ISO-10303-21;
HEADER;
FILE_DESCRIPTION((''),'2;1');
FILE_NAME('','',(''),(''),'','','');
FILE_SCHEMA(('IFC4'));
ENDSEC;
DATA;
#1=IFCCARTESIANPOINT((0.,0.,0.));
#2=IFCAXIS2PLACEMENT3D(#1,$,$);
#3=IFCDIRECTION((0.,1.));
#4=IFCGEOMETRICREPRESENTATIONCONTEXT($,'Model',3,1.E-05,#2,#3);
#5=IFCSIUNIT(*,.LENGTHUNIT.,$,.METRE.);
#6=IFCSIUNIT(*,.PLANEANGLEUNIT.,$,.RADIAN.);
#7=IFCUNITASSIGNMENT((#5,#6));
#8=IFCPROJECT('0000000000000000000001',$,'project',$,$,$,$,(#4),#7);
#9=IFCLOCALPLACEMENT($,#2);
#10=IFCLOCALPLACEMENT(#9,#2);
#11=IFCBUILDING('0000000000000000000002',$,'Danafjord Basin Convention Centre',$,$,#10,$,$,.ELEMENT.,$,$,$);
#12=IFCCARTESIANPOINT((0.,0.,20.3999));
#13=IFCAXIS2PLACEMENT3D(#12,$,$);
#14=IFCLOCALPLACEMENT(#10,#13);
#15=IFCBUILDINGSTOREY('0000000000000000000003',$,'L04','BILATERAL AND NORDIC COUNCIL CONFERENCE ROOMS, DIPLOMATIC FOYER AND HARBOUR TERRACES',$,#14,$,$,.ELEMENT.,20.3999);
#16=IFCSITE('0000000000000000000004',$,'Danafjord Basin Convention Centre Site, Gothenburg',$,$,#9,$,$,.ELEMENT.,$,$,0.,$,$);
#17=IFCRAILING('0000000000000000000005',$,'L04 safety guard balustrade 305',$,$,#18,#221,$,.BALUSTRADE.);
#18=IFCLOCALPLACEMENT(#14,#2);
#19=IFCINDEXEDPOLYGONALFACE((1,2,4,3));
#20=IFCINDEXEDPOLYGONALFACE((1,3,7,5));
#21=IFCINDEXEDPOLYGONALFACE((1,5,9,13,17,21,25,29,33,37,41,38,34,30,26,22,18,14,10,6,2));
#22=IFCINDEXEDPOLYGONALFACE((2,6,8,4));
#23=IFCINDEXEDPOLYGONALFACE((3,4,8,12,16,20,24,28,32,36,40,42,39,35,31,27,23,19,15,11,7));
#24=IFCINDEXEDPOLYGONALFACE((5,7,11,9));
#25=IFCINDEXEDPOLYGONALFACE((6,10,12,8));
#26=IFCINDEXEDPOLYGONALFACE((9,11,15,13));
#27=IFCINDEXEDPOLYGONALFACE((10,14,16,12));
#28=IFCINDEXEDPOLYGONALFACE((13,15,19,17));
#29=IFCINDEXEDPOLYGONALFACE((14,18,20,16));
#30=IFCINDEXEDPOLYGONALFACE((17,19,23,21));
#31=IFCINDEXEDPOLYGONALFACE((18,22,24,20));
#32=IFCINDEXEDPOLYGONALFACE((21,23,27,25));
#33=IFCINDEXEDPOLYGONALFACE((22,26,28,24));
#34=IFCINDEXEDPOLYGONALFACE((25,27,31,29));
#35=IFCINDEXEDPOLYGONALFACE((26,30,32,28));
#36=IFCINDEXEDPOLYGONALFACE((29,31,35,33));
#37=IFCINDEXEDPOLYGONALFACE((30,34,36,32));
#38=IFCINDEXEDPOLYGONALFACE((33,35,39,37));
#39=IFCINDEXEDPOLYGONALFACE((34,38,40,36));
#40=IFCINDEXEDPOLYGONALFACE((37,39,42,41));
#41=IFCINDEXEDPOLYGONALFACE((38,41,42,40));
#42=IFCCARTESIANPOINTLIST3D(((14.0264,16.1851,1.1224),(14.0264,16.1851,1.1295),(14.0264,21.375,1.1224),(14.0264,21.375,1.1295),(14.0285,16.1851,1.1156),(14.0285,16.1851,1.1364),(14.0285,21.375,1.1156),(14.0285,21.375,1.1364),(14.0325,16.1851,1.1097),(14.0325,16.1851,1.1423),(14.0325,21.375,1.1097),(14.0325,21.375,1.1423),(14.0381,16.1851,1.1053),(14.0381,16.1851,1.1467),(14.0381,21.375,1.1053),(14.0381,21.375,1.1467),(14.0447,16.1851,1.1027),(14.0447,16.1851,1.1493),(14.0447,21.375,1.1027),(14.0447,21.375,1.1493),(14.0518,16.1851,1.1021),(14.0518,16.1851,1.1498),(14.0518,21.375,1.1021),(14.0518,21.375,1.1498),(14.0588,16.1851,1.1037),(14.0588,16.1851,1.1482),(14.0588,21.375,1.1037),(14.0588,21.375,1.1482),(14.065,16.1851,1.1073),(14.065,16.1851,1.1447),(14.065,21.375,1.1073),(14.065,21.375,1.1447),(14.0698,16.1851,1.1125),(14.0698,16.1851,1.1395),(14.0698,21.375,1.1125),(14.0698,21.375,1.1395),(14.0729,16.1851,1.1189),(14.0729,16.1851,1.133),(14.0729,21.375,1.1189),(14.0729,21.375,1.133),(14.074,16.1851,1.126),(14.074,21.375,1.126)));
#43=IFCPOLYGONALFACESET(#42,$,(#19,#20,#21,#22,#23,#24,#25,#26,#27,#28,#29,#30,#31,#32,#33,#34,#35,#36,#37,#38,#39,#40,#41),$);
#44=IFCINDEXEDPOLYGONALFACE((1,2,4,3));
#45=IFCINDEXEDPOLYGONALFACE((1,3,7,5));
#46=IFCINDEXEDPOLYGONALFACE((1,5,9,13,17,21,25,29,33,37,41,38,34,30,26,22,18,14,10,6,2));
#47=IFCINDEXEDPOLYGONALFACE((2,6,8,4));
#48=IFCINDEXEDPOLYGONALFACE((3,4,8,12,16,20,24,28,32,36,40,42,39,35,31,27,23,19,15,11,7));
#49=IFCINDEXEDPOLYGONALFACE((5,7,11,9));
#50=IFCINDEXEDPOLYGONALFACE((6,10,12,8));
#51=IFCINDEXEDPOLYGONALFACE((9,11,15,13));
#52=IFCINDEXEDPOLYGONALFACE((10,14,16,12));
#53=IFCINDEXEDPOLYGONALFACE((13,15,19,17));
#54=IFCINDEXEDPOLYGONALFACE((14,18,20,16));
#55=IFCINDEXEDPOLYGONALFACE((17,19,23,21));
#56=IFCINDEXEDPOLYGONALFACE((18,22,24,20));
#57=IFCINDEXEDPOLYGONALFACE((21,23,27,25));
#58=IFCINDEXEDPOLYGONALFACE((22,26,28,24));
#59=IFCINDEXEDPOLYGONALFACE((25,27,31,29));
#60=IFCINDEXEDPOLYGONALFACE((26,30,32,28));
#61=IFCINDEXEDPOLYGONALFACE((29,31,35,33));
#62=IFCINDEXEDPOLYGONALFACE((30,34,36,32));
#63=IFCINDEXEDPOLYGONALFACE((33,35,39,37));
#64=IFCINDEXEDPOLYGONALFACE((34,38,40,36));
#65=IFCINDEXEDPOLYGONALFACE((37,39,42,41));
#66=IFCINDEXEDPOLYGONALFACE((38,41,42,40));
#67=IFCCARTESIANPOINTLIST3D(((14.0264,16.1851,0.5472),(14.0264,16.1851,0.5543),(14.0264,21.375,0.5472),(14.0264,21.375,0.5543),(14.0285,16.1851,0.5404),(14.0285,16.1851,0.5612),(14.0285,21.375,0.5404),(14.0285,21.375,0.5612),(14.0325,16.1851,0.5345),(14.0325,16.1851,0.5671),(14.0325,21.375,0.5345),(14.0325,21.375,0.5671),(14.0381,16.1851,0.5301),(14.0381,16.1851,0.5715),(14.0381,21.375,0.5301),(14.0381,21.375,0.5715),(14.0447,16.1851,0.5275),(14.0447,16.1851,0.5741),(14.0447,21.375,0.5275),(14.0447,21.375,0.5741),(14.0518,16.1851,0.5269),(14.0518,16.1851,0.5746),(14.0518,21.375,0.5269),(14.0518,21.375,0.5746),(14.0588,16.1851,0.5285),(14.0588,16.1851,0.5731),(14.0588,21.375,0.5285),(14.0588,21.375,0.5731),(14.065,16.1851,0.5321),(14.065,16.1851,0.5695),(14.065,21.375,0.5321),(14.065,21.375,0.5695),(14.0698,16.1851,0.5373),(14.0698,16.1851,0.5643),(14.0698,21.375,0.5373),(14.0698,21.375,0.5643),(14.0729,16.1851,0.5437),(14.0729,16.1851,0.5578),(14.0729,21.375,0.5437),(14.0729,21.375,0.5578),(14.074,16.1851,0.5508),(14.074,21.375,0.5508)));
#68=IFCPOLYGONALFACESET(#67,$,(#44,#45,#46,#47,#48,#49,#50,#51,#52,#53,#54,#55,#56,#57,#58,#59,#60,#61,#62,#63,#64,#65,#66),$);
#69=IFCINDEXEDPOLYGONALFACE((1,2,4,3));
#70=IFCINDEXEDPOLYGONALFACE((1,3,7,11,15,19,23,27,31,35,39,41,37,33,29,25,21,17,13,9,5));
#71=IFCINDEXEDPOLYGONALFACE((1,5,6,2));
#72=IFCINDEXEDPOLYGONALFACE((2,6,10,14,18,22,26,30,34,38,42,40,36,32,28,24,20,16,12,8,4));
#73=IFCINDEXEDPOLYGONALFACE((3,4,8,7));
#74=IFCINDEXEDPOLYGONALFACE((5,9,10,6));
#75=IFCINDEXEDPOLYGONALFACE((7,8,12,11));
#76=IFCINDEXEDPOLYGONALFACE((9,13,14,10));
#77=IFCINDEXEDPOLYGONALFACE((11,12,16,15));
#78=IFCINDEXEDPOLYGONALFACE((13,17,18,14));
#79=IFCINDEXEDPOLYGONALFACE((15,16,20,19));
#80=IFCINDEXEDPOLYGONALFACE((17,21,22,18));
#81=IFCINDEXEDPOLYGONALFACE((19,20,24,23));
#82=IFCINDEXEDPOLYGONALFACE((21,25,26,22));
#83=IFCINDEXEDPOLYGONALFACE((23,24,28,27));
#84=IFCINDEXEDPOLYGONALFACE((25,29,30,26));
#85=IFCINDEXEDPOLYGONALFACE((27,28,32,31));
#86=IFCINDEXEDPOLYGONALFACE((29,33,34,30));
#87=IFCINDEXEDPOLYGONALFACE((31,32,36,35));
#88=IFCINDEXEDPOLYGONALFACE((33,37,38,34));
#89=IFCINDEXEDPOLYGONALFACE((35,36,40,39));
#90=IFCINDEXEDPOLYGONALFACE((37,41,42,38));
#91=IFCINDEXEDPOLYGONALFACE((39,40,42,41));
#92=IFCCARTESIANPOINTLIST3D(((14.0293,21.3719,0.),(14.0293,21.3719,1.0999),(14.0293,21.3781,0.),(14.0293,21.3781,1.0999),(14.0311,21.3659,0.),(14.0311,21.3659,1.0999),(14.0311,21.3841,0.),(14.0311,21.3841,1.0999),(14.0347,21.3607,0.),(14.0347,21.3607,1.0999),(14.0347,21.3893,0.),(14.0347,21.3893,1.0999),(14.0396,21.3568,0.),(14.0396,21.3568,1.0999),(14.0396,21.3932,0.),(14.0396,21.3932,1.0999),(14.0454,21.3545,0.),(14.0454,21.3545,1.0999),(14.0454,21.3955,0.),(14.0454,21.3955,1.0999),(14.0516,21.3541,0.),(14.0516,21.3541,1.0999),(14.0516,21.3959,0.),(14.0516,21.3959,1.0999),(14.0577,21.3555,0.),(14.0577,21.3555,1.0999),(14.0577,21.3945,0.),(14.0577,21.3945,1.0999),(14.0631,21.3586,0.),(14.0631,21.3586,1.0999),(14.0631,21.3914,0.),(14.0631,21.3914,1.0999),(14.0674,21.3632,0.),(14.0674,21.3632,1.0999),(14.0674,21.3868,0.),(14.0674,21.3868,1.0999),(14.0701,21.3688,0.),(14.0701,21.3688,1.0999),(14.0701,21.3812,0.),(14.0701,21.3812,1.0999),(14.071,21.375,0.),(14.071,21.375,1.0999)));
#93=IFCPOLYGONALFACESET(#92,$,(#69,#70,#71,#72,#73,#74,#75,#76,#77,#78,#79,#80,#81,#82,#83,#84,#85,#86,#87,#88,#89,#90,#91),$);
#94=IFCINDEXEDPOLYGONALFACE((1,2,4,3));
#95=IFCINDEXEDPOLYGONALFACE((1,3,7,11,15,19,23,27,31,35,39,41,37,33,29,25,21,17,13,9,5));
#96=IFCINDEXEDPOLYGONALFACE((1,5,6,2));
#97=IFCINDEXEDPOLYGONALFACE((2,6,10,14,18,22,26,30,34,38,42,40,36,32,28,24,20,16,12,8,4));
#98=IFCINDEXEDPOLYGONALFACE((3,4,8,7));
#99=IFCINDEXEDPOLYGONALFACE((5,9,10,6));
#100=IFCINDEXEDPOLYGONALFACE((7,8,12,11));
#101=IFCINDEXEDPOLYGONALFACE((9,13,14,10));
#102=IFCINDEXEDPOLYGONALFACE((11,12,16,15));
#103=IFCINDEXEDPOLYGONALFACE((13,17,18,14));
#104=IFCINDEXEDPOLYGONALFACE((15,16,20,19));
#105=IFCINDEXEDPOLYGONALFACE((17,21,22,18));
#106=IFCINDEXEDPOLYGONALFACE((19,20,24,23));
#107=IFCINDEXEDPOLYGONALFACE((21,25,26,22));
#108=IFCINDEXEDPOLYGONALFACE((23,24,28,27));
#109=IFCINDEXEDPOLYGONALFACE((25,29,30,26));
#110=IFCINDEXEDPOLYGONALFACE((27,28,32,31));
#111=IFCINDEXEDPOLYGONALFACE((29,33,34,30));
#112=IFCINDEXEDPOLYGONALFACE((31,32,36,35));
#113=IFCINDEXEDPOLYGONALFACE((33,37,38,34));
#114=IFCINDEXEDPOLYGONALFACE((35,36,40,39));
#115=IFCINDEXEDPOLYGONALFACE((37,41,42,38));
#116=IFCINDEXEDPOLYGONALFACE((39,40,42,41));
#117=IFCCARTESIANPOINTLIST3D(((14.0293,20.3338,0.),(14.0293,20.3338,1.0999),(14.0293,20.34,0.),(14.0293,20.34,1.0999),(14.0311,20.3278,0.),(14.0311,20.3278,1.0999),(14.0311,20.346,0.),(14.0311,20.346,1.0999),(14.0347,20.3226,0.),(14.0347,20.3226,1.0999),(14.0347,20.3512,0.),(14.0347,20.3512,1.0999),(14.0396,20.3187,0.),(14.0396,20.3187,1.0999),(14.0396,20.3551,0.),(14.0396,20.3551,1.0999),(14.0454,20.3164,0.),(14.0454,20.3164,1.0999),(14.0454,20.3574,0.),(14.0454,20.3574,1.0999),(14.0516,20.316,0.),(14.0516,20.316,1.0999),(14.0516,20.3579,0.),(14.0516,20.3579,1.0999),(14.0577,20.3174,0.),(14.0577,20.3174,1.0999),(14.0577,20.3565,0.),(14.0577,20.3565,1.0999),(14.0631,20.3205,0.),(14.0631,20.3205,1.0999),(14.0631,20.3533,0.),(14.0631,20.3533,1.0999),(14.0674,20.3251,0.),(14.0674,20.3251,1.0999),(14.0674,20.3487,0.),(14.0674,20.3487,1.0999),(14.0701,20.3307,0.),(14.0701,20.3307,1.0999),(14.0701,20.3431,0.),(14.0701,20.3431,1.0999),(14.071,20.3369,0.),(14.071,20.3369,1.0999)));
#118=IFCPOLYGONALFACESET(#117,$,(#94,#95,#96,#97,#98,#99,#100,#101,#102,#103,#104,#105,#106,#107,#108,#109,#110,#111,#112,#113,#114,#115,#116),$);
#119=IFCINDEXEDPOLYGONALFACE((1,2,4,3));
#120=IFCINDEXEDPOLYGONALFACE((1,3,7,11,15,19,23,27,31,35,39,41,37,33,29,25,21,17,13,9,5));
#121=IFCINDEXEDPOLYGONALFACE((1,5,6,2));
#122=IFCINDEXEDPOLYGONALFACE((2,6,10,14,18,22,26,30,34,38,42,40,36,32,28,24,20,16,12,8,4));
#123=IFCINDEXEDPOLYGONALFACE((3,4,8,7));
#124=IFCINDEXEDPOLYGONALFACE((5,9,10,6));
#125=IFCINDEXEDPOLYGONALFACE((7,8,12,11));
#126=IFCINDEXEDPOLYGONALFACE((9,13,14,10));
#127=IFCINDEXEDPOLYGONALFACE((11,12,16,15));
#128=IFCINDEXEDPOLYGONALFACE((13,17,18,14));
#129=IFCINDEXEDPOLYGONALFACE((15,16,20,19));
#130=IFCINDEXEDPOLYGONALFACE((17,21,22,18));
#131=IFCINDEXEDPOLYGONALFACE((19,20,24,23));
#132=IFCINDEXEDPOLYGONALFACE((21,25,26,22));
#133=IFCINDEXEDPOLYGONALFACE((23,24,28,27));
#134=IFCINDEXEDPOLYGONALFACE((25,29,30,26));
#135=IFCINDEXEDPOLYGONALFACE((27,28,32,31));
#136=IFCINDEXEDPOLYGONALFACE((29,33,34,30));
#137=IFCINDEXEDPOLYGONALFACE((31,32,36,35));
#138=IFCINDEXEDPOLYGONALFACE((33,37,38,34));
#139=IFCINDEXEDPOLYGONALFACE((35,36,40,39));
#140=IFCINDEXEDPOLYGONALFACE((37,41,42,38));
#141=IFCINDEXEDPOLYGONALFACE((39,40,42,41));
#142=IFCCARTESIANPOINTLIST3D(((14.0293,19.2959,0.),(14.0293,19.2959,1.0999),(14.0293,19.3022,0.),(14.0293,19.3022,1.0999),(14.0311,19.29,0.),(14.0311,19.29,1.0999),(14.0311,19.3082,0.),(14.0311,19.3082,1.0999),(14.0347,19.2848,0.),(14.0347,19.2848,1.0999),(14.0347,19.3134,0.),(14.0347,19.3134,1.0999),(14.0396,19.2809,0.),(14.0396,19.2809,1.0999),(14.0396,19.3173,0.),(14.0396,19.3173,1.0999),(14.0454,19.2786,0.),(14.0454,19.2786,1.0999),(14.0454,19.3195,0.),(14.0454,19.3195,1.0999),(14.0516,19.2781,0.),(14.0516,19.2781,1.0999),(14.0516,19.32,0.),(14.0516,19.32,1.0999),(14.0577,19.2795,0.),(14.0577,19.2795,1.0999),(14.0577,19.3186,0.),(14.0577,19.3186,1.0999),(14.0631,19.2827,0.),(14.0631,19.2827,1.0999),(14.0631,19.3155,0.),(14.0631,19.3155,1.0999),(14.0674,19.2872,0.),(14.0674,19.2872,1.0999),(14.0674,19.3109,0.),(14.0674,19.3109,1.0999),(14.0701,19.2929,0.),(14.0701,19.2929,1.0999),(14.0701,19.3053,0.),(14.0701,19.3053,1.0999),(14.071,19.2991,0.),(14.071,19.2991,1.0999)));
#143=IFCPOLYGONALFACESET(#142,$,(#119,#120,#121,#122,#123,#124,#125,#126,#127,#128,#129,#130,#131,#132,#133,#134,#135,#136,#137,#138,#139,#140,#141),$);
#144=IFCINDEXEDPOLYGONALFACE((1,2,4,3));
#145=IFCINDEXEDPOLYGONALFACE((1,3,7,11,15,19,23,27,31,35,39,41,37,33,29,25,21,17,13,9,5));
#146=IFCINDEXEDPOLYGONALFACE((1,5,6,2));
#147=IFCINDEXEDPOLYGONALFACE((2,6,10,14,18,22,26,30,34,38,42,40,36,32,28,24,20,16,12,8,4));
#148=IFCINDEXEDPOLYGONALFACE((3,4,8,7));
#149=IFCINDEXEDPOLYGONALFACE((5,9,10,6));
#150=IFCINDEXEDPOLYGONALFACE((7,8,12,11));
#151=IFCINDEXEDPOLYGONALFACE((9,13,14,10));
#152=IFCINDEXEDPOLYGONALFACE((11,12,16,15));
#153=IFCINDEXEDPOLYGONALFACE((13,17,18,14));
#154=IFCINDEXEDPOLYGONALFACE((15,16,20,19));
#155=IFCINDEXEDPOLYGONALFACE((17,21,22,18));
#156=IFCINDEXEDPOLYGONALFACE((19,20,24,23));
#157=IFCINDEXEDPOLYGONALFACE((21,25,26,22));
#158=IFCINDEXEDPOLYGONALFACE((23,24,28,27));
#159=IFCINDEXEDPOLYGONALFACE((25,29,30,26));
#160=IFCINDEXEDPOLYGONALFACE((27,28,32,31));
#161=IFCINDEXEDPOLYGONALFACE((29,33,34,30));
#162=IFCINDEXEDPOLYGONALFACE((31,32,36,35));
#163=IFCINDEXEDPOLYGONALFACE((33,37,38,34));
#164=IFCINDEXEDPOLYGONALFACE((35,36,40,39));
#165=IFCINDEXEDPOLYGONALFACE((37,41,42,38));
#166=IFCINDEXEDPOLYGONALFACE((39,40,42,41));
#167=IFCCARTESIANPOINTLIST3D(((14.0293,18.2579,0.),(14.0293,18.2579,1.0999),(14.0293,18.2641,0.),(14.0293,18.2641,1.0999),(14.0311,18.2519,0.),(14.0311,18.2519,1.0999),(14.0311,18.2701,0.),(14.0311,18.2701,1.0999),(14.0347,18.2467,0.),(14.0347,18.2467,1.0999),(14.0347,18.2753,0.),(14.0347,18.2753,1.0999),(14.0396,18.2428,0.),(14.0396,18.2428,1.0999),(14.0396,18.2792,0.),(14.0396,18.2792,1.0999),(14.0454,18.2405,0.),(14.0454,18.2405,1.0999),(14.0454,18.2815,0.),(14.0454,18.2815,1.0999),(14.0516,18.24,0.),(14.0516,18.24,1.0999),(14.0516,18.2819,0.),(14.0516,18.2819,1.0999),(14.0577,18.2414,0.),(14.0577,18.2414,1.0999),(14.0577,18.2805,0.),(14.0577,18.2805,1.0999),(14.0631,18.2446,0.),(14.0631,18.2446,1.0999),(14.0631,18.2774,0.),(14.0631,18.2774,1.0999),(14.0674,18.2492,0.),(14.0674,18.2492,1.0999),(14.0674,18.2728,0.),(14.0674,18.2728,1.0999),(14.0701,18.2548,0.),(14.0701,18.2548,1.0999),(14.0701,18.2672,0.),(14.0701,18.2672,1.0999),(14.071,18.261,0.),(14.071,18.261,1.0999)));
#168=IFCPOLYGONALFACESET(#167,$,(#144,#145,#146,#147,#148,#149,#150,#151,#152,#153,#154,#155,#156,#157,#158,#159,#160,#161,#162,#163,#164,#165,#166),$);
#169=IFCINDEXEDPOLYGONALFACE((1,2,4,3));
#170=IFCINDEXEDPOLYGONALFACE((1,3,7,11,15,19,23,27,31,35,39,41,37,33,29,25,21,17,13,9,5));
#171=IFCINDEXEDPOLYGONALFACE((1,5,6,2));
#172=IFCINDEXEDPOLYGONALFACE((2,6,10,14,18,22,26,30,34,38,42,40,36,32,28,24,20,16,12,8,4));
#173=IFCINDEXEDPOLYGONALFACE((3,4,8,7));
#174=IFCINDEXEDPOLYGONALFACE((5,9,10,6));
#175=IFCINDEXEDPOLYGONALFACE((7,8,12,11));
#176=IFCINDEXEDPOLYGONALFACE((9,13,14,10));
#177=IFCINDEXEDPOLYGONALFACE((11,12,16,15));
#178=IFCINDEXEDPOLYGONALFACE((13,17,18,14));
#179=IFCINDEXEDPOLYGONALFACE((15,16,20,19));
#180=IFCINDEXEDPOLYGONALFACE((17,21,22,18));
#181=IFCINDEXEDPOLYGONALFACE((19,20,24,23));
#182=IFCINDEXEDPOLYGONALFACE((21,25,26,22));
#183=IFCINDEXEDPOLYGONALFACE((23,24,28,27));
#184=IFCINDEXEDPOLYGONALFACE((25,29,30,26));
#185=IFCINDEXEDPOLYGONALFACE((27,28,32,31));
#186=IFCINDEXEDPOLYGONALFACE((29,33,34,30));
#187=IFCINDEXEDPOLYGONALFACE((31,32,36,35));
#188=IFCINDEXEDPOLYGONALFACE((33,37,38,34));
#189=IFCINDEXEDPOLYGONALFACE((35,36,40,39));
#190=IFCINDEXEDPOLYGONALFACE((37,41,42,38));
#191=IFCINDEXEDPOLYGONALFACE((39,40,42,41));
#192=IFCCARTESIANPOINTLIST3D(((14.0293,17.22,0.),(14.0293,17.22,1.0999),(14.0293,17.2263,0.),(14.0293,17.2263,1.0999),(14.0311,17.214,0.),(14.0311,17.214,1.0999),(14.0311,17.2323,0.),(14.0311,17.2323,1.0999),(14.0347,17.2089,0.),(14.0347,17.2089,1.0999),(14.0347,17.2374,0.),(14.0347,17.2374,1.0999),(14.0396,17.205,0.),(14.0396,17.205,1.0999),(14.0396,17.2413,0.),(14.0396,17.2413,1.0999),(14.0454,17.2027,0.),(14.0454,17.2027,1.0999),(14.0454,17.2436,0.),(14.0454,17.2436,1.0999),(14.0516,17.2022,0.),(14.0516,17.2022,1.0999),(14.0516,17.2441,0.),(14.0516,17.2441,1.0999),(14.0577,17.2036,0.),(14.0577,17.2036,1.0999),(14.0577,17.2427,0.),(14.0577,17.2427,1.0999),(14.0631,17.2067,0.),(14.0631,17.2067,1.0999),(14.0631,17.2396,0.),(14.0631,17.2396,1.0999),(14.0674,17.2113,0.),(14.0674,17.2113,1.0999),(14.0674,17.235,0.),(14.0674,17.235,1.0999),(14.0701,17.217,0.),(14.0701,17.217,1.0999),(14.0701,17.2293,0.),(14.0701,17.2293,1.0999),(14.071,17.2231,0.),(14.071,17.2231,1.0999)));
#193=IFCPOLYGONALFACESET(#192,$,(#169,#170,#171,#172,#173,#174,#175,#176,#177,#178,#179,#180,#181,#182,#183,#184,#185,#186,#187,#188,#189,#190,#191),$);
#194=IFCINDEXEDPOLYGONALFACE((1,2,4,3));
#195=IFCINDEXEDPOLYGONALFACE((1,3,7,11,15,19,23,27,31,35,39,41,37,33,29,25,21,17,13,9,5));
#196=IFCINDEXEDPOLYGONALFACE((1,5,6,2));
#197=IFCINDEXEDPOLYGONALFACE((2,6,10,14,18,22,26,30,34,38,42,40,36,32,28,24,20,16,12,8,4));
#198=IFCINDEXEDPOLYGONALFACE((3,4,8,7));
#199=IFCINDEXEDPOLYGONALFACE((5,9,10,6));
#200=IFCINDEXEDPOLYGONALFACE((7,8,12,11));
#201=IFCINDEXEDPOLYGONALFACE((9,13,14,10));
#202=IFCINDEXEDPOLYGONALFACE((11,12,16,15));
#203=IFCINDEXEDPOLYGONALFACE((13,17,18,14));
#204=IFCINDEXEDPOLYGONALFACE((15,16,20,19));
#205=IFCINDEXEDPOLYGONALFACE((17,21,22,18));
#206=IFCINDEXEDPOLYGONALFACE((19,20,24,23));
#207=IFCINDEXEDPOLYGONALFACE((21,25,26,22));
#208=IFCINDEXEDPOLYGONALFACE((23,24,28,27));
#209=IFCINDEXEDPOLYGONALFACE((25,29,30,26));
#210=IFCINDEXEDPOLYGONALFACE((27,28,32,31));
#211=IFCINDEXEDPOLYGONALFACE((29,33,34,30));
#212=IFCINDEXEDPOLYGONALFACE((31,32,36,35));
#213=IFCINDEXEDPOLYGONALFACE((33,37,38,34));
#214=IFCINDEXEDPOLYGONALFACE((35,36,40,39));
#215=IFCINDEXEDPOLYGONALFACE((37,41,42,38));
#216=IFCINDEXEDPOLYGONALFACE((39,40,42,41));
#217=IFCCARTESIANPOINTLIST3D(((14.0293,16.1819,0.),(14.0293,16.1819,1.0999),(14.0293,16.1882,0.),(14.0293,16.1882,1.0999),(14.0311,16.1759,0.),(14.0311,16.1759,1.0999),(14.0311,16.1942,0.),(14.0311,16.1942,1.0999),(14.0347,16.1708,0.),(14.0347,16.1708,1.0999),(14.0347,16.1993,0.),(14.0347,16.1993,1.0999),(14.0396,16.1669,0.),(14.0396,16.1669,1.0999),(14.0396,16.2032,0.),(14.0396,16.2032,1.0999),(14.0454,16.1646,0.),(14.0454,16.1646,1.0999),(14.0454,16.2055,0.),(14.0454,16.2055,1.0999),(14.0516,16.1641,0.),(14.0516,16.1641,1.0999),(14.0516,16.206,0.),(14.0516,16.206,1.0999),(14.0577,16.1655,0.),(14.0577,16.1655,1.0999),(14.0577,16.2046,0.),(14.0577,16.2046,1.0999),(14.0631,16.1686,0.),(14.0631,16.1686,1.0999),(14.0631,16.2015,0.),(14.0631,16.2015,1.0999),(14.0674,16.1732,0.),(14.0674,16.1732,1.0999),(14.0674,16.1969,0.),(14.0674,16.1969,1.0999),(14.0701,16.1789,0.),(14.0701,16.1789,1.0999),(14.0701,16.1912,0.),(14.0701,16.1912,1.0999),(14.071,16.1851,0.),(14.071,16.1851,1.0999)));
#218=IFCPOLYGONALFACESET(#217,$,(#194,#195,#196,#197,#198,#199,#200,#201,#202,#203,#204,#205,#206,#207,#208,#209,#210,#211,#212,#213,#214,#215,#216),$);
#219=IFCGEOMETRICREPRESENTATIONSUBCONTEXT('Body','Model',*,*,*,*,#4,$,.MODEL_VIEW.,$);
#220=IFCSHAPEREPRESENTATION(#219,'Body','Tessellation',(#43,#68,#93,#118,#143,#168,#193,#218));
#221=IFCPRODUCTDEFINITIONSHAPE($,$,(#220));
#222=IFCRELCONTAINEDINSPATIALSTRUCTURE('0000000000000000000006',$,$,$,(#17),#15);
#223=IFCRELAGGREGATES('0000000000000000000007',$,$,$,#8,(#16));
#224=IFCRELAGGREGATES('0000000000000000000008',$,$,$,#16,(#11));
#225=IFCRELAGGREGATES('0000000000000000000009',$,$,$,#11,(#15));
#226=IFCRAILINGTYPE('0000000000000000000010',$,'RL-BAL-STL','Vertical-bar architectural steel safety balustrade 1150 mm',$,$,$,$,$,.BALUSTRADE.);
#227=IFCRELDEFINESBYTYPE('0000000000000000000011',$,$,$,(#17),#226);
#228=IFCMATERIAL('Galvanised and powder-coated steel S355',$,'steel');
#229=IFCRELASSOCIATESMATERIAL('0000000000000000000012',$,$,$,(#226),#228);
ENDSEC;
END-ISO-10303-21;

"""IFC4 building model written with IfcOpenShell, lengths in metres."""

from ifc_helpers import new_model, si_unit, direction, frame, origin, origin_2d, place, context, subcontext, project, spatial, circle, extrude, material, type_object, element, save


model = new_model("IFC4")

# Units and contexts
model_context = context("Model", 3, precision=1e-05, world=origin(), true_north=direction((0.0, 1.0)))
body_context = subcontext(model_context, "Body", "Model", "MODEL_VIEW")
ifc_project = project(units=[si_unit("LENGTHUNIT", "METRE"), si_unit("PLANEANGLEUNIT", "RADIAN")], contexts=[model_context])

# Site, building, storey
site_placement = place(None, origin())
site = spatial("IfcSite", under=ifc_project, at=site_placement, Name="Danafjord Basin Convention Centre Site, Gothenburg", CompositionType="ELEMENT", RefElevation=0.0)
building_placement = place(site_placement, origin())
building = spatial("IfcBuilding", under=site, at=building_placement, Name="Danafjord Basin Convention Centre", CompositionType="ELEMENT")
storey_placement = place(building_placement, frame((0.0, 0.0, 20.3999)))
storey = spatial("IfcBuildingStorey", under=building, at=storey_placement, Name="L04", Description="BILATERAL AND NORDIC COUNCIL CONFERENCE ROOMS, DIPLOMATIC FOYER AND HARBOUR TERRACES", CompositionType="ELEMENT", Elevation=20.3999)

# Railing
ifc_material_1 = material(Name="Galvanised and powder-coated steel S355", Category="steel")
railing_type_1 = type_object("IfcRailingType", Name="RL-BAL-STL", Description="Vertical-bar architectural steel safety balustrade 1150 mm", PredefinedType="BALUSTRADE", material=ifc_material_1)
railing_1_placement = place(storey_placement, frame((14.05, 21.375, 0.0)))
element("IfcRailing", 1, at=railing_1_placement, inside=storey, type_object=railing_type_1, Name="L04 safety guard balustrade 305", PredefinedType="BALUSTRADE", context=body_context, shape_type="SweptSolid", body=[
    extrude(circle(Radius=0.0239, at=origin_2d()), frame((0.0, 0.0, 1.126), z_axis=(0.0, -1.0, 0.0), x_axis=(1.0, 0.0, 0.0)), (0.0, 0.0, 1.0), 5.1899),
    extrude(circle(Radius=0.0239, at=origin_2d()), frame((0.0, 0.0, 0.5508), z_axis=(0.0, -1.0, 0.0), x_axis=(1.0, 0.0, 0.0)), (0.0, 0.0, 1.0), 5.1899),
    extrude(circle(Radius=0.021, at=origin_2d()), origin(), (0.0, 0.0, 1.0), 1.0999),
    extrude(circle(Radius=0.021, at=origin_2d()), frame((0.0, -1.0381, 0.0)), (0.0, 0.0, 1.0), 1.0999),
    extrude(circle(Radius=0.021, at=origin_2d()), frame((0.0, -2.0759, 0.0)), (0.0, 0.0, 1.0), 1.0999),
    extrude(circle(Radius=0.021, at=origin_2d()), frame((0.0, -3.114, 0.0)), (0.0, 0.0, 1.0), 1.0999),
    extrude(circle(Radius=0.021, at=origin_2d()), frame((0.0, -4.1519, 0.0)), (0.0, 0.0, 1.0), 1.0999),
    extrude(circle(Radius=0.021, at=origin_2d()), frame((0.0, -5.1899, 0.0)), (0.0, 0.0, 1.0), 1.0999),
])

save(model, "model.ifc")
